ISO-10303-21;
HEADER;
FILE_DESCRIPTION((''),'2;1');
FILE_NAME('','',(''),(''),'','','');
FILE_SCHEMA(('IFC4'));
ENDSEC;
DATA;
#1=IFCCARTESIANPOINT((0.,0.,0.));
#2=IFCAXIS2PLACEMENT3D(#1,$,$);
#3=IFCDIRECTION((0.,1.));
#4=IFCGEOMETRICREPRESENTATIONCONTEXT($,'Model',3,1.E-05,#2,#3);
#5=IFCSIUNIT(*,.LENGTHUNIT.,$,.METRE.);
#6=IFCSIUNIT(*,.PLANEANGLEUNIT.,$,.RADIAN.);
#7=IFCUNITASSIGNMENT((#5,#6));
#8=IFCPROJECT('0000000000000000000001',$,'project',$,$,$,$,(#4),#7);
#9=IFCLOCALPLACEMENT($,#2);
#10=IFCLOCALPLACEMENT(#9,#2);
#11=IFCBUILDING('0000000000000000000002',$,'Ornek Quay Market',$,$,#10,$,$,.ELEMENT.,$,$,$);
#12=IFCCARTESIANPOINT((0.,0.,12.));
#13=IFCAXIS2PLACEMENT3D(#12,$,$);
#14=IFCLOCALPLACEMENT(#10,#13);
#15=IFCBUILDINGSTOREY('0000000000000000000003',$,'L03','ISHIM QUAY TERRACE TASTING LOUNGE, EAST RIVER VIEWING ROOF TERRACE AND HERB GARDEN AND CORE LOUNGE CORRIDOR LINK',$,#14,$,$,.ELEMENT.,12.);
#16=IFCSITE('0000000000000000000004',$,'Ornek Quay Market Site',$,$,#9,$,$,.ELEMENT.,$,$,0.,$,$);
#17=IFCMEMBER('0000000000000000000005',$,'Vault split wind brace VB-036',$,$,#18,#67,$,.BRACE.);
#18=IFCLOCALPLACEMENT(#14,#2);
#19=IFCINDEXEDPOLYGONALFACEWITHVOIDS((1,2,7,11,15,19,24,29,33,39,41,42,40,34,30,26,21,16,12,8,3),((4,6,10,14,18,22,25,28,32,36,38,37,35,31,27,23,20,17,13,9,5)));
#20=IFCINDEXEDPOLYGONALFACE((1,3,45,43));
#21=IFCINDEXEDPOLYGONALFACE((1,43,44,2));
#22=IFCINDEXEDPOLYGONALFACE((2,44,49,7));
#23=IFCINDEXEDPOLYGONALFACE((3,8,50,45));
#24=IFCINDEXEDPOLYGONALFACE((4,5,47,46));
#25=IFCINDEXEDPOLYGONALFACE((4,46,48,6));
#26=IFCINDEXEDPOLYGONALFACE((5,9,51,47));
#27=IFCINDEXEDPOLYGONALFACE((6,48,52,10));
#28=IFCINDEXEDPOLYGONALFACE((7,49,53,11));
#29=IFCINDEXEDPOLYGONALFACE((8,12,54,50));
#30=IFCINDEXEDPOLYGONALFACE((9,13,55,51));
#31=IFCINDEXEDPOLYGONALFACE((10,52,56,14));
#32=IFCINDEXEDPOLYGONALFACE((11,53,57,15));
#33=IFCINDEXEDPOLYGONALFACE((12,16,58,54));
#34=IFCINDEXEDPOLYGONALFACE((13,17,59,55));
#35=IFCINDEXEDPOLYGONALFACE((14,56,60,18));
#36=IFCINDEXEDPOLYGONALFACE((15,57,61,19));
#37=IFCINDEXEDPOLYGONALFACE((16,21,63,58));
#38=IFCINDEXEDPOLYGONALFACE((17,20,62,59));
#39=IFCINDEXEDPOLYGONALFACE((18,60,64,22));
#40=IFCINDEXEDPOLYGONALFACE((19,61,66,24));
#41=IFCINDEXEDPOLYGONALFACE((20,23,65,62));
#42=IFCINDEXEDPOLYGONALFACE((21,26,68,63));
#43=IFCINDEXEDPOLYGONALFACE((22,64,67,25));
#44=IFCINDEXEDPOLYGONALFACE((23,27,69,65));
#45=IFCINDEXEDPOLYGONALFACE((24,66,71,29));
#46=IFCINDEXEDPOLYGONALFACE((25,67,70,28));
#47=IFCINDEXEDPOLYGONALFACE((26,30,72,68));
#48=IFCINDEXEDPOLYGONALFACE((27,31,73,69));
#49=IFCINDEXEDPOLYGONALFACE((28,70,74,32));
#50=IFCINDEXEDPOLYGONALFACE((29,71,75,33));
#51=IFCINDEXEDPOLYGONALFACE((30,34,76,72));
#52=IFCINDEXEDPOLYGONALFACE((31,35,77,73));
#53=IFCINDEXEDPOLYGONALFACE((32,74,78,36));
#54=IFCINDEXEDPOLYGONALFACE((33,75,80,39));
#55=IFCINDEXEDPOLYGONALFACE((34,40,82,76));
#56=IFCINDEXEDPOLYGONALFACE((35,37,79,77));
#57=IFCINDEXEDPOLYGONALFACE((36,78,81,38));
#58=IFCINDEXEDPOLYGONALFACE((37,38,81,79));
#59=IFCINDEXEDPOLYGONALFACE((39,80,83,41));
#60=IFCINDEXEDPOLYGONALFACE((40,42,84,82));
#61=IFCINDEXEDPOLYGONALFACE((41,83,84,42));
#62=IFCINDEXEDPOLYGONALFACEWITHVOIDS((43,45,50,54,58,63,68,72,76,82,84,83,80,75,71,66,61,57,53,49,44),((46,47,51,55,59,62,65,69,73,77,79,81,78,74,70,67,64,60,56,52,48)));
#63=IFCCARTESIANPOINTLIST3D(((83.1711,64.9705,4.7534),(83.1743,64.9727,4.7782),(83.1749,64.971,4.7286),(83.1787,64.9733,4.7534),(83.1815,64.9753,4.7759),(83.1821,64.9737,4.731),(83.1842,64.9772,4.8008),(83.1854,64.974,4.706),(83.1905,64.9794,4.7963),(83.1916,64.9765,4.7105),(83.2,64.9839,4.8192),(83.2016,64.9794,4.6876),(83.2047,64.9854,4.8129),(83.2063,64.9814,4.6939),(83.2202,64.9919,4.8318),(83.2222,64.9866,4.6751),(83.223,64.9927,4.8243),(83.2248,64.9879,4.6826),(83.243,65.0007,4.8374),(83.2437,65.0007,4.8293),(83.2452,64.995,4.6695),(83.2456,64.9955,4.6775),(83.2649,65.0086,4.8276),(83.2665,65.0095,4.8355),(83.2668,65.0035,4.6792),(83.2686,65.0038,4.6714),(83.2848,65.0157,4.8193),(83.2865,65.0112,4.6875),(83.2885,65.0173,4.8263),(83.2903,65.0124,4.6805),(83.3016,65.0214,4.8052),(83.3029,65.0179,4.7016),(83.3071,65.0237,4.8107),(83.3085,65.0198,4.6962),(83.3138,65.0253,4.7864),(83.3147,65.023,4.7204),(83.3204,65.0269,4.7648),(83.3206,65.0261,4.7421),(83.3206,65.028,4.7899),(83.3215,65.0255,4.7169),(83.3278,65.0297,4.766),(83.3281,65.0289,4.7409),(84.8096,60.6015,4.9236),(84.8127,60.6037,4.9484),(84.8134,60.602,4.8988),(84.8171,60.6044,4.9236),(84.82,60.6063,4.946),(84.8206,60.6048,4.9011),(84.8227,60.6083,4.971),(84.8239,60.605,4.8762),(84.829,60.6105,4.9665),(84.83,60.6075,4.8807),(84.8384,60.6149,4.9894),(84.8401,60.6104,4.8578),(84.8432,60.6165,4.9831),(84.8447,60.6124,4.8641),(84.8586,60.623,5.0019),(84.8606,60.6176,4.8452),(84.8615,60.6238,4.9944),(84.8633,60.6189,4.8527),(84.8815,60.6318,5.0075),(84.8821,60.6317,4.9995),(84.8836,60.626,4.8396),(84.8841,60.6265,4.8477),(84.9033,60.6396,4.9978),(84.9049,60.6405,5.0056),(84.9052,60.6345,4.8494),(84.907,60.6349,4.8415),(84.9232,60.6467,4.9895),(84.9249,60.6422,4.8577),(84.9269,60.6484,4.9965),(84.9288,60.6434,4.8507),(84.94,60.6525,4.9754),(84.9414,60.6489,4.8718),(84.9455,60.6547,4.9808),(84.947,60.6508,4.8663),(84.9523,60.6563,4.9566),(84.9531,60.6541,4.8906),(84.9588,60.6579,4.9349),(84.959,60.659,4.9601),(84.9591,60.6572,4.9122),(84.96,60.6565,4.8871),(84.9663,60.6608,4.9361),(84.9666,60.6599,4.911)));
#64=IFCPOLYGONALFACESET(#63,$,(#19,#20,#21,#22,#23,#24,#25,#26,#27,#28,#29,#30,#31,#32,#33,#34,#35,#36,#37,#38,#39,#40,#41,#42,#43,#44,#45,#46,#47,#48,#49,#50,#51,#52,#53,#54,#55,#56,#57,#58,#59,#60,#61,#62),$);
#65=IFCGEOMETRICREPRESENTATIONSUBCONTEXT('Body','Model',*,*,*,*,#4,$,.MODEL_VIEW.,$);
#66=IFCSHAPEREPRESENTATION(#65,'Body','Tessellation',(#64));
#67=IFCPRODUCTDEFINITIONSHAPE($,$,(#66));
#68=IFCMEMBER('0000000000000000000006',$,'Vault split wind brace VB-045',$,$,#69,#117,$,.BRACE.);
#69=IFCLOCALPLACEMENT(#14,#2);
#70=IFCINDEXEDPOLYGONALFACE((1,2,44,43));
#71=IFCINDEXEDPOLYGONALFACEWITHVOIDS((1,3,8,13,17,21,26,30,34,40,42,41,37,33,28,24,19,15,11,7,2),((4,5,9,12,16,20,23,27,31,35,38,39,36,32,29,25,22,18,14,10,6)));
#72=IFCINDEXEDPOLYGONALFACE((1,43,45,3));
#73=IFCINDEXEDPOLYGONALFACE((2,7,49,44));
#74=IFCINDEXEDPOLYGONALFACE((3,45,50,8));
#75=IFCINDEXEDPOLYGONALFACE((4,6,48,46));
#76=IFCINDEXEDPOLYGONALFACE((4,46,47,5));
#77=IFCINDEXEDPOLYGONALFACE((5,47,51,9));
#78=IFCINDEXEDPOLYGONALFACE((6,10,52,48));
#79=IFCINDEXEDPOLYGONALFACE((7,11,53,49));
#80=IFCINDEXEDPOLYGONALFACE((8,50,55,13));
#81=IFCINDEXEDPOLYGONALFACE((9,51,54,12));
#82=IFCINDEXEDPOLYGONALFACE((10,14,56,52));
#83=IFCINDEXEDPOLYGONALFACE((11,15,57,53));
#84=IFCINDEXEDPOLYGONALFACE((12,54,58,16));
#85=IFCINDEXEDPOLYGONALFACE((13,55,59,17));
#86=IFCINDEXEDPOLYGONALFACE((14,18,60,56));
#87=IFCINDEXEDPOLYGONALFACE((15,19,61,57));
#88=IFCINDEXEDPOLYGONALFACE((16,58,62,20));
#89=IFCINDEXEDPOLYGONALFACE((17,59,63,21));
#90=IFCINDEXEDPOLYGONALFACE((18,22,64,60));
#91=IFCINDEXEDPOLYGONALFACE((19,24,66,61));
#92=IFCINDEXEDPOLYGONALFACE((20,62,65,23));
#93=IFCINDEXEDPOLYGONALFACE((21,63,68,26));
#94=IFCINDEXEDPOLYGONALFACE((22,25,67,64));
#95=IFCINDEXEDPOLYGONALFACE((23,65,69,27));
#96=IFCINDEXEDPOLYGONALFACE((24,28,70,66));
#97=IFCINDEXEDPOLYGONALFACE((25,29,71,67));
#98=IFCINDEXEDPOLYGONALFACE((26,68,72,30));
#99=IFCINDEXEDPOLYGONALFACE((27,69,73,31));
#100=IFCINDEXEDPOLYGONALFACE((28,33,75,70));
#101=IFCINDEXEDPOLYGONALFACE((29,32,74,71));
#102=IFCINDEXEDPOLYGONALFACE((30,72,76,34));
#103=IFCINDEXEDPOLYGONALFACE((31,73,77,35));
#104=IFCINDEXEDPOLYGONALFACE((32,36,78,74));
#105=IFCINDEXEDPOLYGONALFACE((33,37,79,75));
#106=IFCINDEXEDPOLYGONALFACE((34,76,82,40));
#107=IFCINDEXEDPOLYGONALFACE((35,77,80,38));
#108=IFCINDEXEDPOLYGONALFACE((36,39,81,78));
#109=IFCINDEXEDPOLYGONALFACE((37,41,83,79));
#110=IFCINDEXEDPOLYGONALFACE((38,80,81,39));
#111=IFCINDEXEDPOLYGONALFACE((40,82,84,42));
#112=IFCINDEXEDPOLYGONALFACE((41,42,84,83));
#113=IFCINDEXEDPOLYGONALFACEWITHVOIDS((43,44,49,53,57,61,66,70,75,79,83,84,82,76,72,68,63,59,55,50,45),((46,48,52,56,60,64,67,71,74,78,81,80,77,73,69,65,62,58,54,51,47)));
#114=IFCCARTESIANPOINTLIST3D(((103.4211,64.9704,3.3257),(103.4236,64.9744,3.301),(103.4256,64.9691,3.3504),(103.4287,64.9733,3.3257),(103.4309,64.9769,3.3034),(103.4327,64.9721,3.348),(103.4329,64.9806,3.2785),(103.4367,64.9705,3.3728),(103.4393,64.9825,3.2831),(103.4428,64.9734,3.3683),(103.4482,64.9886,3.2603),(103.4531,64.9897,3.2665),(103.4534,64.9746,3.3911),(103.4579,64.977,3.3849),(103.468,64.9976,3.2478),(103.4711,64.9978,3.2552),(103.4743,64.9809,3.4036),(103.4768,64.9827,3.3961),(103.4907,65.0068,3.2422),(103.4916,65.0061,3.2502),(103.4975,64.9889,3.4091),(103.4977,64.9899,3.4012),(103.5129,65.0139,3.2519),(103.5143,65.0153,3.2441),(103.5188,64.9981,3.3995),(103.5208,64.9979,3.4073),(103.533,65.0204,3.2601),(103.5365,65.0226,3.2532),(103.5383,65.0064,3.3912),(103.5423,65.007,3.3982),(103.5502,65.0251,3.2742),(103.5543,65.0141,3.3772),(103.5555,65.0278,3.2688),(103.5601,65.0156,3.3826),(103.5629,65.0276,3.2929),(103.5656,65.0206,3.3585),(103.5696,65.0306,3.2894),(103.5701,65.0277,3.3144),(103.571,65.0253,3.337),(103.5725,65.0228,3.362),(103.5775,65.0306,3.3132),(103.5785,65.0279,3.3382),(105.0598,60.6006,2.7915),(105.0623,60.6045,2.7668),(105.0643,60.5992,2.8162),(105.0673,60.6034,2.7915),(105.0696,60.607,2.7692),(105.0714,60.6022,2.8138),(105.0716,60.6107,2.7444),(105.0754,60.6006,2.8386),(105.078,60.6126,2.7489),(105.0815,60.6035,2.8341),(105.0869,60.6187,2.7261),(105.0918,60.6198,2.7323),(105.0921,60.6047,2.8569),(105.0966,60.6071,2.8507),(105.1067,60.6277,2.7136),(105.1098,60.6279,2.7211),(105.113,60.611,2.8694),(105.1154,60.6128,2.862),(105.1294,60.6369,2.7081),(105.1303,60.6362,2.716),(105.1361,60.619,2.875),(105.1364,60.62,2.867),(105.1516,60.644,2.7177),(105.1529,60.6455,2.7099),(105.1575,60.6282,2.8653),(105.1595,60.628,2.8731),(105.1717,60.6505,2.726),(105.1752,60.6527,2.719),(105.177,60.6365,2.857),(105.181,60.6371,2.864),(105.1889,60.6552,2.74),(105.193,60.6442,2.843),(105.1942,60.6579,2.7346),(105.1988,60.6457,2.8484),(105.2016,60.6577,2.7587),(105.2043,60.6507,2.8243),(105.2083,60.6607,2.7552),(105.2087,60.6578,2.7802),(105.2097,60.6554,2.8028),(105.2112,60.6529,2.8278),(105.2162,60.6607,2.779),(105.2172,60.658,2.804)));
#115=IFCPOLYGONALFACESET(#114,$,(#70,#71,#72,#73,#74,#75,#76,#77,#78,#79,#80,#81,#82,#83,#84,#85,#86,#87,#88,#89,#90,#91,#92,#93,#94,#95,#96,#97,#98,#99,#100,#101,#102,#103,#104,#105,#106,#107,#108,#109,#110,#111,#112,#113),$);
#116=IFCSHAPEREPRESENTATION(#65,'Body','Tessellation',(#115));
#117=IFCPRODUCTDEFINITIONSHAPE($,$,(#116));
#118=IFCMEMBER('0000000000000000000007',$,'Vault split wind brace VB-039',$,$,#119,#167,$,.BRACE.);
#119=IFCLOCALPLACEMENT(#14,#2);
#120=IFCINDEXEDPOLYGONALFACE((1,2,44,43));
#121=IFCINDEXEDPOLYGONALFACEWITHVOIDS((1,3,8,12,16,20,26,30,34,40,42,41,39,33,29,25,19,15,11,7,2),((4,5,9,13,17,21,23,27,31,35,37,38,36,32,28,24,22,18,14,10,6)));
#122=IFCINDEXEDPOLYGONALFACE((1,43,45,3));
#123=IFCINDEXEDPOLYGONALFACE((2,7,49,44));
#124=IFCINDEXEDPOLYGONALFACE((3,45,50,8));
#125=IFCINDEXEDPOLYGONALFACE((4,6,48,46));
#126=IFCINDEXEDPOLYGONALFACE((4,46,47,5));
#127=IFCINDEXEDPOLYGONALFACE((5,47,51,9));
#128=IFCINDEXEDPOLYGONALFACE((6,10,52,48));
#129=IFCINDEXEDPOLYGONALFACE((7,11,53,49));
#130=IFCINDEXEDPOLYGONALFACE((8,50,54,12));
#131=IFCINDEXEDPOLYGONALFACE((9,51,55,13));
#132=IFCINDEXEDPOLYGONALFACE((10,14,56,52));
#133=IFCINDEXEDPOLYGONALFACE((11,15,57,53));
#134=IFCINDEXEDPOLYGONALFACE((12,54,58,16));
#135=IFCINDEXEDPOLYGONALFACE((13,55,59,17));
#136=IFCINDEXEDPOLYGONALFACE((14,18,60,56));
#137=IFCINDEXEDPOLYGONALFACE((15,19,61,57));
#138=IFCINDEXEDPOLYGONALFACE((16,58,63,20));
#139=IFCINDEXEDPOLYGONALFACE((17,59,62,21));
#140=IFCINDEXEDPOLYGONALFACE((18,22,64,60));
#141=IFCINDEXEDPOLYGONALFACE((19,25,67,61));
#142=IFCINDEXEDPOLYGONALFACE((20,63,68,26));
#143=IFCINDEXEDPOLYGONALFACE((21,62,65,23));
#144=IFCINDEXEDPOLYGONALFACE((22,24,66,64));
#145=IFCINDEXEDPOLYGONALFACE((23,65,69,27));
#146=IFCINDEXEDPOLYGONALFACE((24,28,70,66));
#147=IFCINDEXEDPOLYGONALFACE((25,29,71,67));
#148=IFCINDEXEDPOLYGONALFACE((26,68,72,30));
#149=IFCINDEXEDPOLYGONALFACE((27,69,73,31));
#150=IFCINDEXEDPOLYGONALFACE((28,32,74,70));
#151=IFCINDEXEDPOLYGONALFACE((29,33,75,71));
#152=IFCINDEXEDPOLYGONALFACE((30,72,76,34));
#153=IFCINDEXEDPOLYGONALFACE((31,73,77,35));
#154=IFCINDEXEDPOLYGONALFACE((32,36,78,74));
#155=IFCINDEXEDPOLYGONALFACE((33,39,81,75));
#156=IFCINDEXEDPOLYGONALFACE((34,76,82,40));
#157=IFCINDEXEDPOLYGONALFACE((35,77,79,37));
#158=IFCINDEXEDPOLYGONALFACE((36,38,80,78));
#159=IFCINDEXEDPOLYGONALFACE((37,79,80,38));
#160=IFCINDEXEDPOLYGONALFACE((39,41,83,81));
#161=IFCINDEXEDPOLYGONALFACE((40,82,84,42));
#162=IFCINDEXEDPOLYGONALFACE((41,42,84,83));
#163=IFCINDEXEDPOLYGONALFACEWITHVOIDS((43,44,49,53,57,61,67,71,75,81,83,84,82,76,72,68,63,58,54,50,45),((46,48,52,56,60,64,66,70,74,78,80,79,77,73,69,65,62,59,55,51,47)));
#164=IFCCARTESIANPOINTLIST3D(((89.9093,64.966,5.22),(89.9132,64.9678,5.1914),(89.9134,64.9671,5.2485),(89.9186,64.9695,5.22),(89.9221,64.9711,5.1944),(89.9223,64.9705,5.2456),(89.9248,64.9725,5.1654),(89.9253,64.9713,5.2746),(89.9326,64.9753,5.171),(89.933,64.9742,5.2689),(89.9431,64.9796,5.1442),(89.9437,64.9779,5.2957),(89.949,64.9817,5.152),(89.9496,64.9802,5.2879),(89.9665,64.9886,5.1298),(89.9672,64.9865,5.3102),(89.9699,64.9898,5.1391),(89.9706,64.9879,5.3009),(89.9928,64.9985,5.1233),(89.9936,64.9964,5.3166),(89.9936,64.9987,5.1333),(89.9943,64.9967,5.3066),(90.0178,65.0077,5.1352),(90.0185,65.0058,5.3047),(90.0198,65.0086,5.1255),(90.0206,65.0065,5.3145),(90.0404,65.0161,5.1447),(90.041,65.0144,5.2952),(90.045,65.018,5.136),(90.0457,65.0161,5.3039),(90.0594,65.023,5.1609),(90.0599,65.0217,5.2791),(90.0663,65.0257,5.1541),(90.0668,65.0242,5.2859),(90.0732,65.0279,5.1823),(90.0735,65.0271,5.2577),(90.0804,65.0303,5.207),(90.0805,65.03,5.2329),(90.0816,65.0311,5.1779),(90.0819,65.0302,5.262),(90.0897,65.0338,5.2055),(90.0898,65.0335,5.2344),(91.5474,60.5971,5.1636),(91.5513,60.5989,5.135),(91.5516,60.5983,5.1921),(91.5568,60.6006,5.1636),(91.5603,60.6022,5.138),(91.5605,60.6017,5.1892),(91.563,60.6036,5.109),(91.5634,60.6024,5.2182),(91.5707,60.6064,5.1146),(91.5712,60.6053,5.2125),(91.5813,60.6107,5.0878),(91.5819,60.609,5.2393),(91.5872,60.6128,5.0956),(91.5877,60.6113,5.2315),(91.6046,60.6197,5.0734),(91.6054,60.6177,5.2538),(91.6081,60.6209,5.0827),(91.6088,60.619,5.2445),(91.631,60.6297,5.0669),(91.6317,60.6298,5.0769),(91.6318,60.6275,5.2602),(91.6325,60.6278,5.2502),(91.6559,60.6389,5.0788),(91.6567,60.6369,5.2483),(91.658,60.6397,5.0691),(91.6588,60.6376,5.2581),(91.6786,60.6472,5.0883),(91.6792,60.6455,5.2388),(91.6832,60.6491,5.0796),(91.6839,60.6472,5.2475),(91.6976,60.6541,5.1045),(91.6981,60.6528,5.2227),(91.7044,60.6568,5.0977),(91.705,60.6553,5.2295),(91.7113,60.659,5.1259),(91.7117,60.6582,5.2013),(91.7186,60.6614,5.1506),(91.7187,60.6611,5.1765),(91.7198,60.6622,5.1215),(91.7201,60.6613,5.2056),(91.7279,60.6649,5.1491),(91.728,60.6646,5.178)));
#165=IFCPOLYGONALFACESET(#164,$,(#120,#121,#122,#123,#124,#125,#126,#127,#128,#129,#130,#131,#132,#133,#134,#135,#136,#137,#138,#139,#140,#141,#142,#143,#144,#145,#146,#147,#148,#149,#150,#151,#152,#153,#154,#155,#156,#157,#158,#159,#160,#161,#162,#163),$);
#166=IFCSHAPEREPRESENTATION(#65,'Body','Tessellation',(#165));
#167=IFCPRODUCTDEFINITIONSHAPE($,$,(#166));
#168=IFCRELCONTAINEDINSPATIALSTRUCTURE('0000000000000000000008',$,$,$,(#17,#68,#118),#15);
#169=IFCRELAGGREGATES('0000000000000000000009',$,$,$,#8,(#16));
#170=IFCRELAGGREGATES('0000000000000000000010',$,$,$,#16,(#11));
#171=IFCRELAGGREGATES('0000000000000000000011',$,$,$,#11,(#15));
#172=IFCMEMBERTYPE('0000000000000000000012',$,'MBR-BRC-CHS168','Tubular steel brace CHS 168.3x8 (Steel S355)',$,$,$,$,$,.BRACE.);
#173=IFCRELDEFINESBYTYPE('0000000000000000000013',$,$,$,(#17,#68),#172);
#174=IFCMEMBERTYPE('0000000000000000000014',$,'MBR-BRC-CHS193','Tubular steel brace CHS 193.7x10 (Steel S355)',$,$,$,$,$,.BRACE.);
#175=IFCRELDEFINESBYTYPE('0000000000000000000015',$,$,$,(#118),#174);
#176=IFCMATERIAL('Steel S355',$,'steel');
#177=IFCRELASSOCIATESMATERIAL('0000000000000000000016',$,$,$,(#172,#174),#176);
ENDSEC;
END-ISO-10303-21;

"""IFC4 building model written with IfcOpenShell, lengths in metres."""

from ifc_helpers import new_model, si_unit, direction, frame, origin, origin_2d, place, context, subcontext, project, spatial, hollow_circle, extrude, material, material_profile, profile_set, type_object, element, save


model = new_model("IFC4")

# Units and contexts
model_context = context("Model", 3, precision=1e-05, world=origin(), true_north=direction((0.0, 1.0)))
body_context = subcontext(model_context, "Body", "Model", "MODEL_VIEW")
ifc_project = project(units=[si_unit("LENGTHUNIT", "METRE"), si_unit("PLANEANGLEUNIT", "RADIAN")], contexts=[model_context])

# Site, building, storey
site_placement = place(None, origin())
site = spatial("IfcSite", under=ifc_project, at=site_placement, Name="Ornek Quay Market Site", CompositionType="ELEMENT", RefElevation=0.0)
building_placement = place(site_placement, origin())
building = spatial("IfcBuilding", under=site, at=building_placement, Name="Ornek Quay Market", CompositionType="ELEMENT")
storey_placement = place(building_placement, frame((0.0, 0.0, 12.0)))
storey = spatial("IfcBuildingStorey", under=building, at=storey_placement, Name="L03", Description="ISHIM QUAY TERRACE TASTING LOUNGE, EAST RIVER VIEWING ROOF TERRACE AND HERB GARDEN AND CORE LOUNGE CORRIDOR LINK", CompositionType="ELEMENT", Elevation=12.0)

# Shared definitions
ifc_material_1 = material(Name="Steel S355", Category="steel")

# Members
ifc_material_profile_1 = material_profile(ifc_material_1, hollow_circle(Radius=0.0842, WallThickness=0.0081, at=origin_2d()), Name="CHS 168.3x8", Category="steel")
ifc_profile_set_1 = profile_set([ifc_material_profile_1], Name="Steel S355")
member_type_1 = type_object("IfcMemberType", Name="MBR-BRC-CHS168", Description="Tubular steel brace CHS 168.3x8 (Steel S355)", PredefinedType="BRACE", material=ifc_profile_set_1)
member_1_placement = place(storey_placement, frame((84.8884, 60.6311, 4.9236), z_axis=(-0.350907, 0.935701, -0.036445), x_axis=(-0.936323, -0.351141, 0.0)))
element("IfcMember", 1, at=member_1_placement, inside=storey, type_object=member_type_1, Name="Vault split wind brace VB-036", PredefinedType="BRACE", context=body_context, shape_type="SweptSolid", body=[
    extrude(hollow_circle(Radius=0.0842, WallThickness=0.0081, at=origin_2d()), origin(), (0.0, 0.0, 1.0), 4.6692),
])
member_2_placement = place(storey_placement, frame((105.1387, 60.6301, 2.7915), z_axis=(-0.34884, 0.930258, 0.113716), x_axis=(-0.936331, -0.351118, 0.0)))
element("IfcMember", 2, at=member_2_placement, inside=storey, type_object=member_type_1, Name="Vault split wind brace VB-045", PredefinedType="BRACE", context=body_context, shape_type="SweptSolid", body=[
    extrude(hollow_circle(Radius=0.0842, WallThickness=0.0081, at=origin_2d()), origin(), (0.0, 0.0, 1.0), 4.6975),
])
ifc_material_profile_2 = material_profile(ifc_material_1, hollow_circle(Radius=0.0969, WallThickness=0.01, at=origin_2d()), Name="CHS 193.7x10", Category="steel")
ifc_profile_set_2 = profile_set([ifc_material_profile_2], Name="Steel S355")
member_type_2 = type_object("IfcMemberType", Name="MBR-BRC-CHS193", Description="Tubular steel brace CHS 193.7x10 (Steel S355)", PredefinedType="BRACE", material=ifc_profile_set_2)
member_3_placement = place(storey_placement, frame((91.6382, 60.6311, 5.1636), z_axis=(-0.351069, 0.936272, 0.012086), x_axis=(-0.93634, -0.351095, 0.0)))
element("IfcMember", 3, at=member_3_placement, inside=storey, type_object=member_type_2, Name="Vault split wind brace VB-039", PredefinedType="BRACE", context=body_context, shape_type="SweptSolid", body=[
    extrude(hollow_circle(Radius=0.0969, WallThickness=0.01, at=origin_2d()), origin(), (0.0, 0.0, 1.0), 4.6663),
])

save(model, "model.ifc")
